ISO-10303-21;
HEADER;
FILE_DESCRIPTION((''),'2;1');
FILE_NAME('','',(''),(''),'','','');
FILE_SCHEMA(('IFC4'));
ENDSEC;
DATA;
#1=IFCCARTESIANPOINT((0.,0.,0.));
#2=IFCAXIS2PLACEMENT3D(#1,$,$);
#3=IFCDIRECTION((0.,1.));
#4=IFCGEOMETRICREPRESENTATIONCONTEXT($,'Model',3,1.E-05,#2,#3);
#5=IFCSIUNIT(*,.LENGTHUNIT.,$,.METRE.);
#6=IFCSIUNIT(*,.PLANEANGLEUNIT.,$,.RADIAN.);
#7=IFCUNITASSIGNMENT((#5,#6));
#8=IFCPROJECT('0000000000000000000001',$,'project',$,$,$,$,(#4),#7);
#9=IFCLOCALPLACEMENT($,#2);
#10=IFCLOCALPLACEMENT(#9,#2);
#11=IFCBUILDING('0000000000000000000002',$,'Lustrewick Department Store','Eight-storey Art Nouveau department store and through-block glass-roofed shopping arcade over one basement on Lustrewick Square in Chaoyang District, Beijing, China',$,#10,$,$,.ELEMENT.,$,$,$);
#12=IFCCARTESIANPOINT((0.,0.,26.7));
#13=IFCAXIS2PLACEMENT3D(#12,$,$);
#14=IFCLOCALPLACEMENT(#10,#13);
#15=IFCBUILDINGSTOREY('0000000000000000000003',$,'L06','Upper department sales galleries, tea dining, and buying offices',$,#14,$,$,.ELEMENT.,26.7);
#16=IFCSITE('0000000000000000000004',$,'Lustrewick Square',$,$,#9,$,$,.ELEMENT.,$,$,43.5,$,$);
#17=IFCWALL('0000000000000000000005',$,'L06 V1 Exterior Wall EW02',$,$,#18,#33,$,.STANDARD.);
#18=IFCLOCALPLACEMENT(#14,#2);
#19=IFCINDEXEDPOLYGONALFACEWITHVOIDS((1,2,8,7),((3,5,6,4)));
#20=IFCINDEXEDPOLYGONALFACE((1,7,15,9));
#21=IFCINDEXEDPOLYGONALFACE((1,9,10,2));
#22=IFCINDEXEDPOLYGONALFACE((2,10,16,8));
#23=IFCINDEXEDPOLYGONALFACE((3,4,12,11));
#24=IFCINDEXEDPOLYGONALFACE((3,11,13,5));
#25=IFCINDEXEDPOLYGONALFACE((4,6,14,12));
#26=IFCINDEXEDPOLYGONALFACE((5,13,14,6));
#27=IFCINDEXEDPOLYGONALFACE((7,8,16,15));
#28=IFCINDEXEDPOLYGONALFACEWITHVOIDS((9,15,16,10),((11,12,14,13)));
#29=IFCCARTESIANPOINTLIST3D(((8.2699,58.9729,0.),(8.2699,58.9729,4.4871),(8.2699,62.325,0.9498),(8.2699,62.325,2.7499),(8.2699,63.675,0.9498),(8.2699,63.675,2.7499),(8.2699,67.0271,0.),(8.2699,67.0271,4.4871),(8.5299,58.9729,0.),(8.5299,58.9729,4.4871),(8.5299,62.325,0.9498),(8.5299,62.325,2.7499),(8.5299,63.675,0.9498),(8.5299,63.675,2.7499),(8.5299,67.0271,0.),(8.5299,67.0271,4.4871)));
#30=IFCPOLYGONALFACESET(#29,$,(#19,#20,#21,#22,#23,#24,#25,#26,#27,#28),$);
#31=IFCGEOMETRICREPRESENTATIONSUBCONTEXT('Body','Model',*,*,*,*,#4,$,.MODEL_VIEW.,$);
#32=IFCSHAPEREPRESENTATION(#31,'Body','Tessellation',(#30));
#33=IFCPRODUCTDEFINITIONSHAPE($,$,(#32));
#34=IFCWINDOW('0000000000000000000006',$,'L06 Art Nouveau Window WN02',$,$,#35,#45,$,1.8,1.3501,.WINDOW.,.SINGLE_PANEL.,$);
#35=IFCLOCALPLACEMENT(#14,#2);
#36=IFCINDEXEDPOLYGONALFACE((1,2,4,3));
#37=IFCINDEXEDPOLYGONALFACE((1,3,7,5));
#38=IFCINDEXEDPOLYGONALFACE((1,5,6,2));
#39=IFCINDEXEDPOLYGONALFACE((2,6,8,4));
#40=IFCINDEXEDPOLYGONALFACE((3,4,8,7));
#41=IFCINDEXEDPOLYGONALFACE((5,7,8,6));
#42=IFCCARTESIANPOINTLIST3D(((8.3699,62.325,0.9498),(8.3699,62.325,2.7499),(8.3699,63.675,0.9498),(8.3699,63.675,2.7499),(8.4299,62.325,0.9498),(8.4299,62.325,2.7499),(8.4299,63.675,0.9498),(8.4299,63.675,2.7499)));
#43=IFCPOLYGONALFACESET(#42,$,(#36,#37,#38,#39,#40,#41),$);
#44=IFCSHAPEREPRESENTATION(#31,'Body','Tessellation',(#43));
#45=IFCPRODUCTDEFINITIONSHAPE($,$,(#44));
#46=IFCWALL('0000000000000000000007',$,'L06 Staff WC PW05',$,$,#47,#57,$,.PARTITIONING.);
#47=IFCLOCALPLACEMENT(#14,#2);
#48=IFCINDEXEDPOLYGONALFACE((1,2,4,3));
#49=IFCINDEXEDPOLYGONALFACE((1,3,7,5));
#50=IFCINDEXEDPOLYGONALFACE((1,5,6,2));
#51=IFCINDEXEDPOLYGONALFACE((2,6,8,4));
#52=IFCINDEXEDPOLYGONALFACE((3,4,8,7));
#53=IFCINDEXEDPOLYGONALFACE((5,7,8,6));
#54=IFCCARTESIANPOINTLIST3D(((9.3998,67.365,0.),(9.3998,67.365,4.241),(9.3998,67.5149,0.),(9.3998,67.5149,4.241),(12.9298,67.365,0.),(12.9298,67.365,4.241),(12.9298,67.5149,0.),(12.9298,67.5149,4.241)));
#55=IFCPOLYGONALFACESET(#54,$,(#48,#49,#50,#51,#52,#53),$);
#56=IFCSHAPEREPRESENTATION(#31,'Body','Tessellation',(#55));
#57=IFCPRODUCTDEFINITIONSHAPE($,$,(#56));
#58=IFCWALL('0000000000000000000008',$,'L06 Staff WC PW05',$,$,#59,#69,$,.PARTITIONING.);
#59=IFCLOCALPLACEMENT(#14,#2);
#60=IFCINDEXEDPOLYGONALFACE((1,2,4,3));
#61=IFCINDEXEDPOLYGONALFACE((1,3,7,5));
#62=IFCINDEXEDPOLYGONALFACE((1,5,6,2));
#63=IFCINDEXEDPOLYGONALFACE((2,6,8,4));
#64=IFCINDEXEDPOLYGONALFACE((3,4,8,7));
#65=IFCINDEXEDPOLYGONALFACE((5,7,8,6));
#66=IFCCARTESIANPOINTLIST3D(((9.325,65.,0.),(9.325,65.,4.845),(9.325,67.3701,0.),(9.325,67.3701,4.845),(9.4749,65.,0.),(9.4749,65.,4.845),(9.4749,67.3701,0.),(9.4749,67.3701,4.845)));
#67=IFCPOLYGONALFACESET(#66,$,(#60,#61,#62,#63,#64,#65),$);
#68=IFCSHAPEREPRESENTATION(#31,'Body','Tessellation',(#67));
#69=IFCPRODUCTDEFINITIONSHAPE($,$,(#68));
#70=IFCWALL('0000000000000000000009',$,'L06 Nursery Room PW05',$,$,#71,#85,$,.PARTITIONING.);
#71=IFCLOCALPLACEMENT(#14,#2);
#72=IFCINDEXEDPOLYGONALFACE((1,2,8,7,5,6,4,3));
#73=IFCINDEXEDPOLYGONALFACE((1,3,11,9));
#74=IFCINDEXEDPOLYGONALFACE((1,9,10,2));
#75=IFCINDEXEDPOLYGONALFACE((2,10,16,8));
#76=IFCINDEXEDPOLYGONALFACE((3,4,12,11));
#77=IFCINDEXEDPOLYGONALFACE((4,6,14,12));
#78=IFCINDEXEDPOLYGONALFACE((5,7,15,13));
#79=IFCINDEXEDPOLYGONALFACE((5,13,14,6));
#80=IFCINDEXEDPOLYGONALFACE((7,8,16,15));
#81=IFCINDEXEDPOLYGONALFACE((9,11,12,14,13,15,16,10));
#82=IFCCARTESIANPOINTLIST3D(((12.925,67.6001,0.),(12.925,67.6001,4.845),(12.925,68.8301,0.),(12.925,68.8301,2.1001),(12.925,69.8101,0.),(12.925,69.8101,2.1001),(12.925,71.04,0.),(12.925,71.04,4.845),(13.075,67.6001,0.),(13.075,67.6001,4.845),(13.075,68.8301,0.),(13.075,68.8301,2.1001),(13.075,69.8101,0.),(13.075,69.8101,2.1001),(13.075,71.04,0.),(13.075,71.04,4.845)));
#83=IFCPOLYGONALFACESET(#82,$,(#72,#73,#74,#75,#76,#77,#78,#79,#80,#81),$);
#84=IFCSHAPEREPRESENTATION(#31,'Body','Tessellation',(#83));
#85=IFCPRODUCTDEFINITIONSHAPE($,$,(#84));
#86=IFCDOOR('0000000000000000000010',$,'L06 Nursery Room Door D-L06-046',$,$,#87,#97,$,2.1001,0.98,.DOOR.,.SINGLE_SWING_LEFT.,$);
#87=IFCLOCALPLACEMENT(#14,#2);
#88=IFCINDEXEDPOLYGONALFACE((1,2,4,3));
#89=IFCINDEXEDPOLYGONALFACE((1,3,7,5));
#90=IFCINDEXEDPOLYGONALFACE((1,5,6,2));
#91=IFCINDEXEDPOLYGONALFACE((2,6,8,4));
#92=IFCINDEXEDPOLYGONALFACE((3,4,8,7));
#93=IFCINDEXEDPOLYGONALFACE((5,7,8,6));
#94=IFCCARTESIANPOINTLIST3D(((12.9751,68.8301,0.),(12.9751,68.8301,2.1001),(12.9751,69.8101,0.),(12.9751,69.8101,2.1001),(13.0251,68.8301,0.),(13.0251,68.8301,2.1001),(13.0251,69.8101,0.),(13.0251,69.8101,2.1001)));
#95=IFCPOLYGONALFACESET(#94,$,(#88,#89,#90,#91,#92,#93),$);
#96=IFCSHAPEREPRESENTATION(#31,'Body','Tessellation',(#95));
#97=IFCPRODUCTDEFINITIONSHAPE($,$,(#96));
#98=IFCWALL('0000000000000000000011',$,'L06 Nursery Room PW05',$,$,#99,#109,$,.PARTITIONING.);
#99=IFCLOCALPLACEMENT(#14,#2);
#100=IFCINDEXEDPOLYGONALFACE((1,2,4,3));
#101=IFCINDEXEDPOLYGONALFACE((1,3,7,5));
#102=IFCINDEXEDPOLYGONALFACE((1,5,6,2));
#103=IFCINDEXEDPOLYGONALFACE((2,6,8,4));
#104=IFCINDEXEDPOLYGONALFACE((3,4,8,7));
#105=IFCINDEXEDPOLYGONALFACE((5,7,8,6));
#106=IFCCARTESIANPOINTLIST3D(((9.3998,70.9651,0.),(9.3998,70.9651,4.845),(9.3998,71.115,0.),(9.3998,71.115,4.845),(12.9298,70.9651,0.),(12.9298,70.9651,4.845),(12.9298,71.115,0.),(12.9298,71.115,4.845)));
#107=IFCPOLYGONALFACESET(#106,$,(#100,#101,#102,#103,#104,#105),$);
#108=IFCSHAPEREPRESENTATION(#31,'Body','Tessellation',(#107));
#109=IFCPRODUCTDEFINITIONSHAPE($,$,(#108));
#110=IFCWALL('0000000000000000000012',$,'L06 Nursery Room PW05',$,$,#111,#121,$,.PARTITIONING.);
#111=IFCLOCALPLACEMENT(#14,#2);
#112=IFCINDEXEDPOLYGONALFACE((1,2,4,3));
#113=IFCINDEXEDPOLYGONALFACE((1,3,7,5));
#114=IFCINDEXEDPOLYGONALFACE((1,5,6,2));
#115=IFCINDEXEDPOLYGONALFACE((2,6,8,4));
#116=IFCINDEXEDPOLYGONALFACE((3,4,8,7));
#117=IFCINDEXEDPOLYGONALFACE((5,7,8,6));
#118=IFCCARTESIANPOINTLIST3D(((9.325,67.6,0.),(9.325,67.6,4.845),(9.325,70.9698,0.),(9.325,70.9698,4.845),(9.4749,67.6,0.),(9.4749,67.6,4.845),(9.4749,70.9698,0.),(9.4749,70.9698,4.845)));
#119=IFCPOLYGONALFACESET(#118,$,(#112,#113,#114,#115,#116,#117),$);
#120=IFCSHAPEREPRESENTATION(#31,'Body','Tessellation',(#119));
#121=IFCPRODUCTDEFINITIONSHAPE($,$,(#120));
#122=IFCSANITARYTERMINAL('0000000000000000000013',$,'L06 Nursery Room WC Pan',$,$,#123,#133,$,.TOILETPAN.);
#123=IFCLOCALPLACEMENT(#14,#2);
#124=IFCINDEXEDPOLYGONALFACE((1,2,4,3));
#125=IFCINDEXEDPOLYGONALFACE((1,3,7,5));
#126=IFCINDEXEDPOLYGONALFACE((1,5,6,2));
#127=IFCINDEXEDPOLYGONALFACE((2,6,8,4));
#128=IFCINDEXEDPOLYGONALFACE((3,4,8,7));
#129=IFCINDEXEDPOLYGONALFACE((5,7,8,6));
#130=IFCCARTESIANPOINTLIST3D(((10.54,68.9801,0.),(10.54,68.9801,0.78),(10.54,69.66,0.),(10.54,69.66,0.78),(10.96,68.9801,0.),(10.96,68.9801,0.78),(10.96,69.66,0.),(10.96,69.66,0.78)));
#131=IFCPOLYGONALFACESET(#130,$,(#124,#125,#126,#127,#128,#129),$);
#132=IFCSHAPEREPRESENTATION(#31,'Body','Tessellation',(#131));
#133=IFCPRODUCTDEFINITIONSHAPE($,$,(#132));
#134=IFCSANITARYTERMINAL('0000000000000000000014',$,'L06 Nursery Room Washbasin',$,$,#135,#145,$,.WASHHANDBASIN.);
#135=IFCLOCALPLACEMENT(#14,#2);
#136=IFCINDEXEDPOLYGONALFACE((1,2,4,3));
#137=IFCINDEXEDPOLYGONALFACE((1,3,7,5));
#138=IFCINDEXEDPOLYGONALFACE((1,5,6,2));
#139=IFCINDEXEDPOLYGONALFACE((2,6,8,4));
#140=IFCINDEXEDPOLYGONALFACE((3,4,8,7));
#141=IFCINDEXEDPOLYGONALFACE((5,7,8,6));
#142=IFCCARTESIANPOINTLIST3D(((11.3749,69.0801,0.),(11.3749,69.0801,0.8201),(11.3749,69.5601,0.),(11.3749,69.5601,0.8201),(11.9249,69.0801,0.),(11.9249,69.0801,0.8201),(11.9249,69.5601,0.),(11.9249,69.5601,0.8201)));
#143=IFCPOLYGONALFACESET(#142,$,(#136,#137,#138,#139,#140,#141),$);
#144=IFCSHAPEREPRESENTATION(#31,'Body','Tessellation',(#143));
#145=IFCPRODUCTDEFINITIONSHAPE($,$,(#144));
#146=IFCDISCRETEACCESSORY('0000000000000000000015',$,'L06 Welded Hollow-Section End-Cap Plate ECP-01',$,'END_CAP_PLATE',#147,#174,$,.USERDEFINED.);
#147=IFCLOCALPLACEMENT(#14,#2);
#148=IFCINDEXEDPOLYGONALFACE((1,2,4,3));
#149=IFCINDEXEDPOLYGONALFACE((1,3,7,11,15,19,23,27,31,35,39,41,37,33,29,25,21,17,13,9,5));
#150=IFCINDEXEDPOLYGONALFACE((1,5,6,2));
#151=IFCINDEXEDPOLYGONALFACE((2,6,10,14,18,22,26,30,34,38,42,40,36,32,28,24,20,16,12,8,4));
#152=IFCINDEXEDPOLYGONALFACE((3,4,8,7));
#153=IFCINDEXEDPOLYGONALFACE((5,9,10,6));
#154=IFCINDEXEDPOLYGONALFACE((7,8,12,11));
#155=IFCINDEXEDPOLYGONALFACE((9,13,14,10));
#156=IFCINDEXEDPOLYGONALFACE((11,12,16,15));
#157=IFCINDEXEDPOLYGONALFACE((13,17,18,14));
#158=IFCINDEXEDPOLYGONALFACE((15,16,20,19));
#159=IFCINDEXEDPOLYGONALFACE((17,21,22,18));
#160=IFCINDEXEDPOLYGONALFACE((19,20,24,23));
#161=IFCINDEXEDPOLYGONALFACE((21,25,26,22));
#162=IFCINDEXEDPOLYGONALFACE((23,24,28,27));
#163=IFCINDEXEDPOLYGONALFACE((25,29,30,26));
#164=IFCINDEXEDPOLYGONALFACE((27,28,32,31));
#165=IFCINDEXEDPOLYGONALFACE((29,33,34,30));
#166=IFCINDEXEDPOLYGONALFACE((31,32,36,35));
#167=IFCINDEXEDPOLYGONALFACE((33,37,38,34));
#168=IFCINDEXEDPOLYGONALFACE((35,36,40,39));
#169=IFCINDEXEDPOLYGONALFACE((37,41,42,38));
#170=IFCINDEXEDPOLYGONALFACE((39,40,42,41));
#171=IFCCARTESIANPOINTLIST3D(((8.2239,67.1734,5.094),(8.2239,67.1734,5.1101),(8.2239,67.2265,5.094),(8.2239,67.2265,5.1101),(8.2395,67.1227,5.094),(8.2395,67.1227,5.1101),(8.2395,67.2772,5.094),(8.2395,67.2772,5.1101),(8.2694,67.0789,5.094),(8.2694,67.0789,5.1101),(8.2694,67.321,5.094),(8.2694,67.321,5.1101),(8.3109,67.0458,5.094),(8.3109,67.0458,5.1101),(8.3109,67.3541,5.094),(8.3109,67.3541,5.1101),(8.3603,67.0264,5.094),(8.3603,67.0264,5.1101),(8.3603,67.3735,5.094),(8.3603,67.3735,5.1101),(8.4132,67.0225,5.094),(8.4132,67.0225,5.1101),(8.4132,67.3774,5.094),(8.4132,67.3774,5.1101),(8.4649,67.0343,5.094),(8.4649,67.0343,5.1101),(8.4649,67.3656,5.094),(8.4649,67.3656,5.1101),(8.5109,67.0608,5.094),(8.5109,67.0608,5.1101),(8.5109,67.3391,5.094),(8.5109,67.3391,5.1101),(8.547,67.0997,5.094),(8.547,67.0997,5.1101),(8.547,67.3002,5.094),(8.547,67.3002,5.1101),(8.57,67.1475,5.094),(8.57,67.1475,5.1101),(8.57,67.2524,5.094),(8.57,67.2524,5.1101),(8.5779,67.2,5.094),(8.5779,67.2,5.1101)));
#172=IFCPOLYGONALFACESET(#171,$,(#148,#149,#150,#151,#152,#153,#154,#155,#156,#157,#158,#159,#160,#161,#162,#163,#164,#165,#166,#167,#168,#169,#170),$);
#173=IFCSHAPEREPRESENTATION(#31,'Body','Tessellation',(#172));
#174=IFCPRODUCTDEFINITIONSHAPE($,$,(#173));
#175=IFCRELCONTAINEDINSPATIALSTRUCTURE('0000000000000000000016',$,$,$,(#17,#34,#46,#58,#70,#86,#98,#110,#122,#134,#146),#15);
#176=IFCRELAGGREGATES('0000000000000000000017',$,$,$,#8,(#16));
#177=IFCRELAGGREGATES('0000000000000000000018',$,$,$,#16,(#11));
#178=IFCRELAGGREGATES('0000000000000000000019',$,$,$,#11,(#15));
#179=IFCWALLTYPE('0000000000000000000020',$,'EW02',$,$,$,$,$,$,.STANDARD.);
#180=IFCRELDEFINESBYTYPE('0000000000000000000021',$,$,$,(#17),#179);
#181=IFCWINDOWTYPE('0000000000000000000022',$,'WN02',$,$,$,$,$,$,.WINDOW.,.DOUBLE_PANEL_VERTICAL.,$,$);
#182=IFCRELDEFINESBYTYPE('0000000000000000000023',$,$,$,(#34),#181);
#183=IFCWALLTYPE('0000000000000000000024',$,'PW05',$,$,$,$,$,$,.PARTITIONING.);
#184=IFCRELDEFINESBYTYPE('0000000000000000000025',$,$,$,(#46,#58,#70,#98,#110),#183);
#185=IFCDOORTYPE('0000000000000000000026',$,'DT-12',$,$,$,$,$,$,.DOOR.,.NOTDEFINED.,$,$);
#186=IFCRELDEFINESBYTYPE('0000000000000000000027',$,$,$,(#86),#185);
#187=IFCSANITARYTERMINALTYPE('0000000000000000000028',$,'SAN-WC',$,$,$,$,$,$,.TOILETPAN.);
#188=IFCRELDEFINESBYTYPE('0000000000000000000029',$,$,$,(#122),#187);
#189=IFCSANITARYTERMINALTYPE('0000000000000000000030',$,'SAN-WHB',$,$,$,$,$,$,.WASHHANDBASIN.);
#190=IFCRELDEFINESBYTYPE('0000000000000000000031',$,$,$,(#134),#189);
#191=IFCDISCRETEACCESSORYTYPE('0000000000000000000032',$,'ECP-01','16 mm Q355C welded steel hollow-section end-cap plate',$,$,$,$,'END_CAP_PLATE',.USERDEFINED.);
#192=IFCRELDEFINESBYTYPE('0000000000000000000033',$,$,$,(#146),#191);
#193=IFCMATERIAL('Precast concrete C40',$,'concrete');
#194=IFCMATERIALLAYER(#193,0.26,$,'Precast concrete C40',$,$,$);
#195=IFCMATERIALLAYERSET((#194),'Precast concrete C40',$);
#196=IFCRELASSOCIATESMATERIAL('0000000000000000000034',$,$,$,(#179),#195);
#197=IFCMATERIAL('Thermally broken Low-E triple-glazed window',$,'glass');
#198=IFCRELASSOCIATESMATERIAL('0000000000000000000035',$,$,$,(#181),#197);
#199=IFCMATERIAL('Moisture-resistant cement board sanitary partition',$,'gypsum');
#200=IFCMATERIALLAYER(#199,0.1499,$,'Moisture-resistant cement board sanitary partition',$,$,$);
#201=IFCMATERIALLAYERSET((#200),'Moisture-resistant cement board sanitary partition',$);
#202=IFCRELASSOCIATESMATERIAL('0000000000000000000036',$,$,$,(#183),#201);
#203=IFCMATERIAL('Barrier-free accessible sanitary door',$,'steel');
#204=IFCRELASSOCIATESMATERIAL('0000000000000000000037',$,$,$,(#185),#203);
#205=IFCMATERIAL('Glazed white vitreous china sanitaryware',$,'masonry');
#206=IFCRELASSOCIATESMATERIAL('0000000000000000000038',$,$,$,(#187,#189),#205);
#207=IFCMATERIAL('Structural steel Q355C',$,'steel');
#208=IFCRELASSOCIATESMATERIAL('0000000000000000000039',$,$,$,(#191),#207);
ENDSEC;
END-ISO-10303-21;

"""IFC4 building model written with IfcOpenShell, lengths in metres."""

from ifc_helpers import new_model, si_unit, direction, frame, frame_2d, origin, origin_2d, place, context, subcontext, project, spatial, rectangle, circle, extrude, material, layer, layer_set, type_object, element, fill, save


model = new_model("IFC4")

# Units and contexts
model_context = context("Model", 3, precision=1e-05, world=origin(), true_north=direction((0.0, 1.0)))
body_context = subcontext(model_context, "Body", "Model", "MODEL_VIEW")
ifc_project = project(units=[si_unit("LENGTHUNIT", "METRE"), si_unit("PLANEANGLEUNIT", "RADIAN")], contexts=[model_context])

# Site, building, storey
site_placement = place(None, origin())
site = spatial("IfcSite", under=ifc_project, at=site_placement, Name="Lustrewick Square", CompositionType="ELEMENT", RefElevation=43.5)
building_placement = place(site_placement, origin())
building = spatial("IfcBuilding", under=site, at=building_placement, Name="Lustrewick Department Store", Description="Eight-storey Art Nouveau department store and through-block glass-roofed shopping arcade over one basement on Lustrewick Square in Chaoyang District, Beijing, China", CompositionType="ELEMENT")
storey_placement = place(building_placement, frame((0.0, 0.0, 26.7)))
storey = spatial("IfcBuildingStorey", under=building, at=storey_placement, Name="L06", Description="Upper department sales galleries, tea dining, and buying offices", CompositionType="ELEMENT", Elevation=26.7)

# Shared definitions
ifc_material_1 = material(Name="Structural steel Q355C", Category="steel")

# Wall, opening, window
ifc_material_2 = material(Name="Precast concrete C40", Category="concrete")
ifc_material_3 = material(Name="Thermally broken Low-E triple-glazed window", Category="glass")
ifc_layer_1 = layer(ifc_material_2, 0.26, Name="Precast concrete C40")
ifc_layer_set_1 = layer_set([ifc_layer_1], Name="Precast concrete C40")
wall_type_1 = type_object("IfcWallType", Name="EW02", PredefinedType="STANDARD", material=ifc_layer_set_1)
wall_1_placement = place(storey_placement, frame((8.3999, 67.0271, 0.0), z_axis=(0.0, 0.0, 1.0), x_axis=(0.0, -1.0, 0.0)))
wall_1 = element("IfcWall", 1, at=wall_1_placement, inside=storey, type_object=wall_type_1, Name="L06 V1 Exterior Wall EW02", PredefinedType="STANDARD", context=body_context, shape_type="SweptSolid", body=[
    extrude(rectangle(XDim=8.0542, YDim=0.26, at=frame_2d((4.0271, 0.0))), origin(), (0.0, 0.0, 1.0), 4.4871),
])
opening_1_placement = place(wall_1_placement, frame((3.3521, 0.0, 0.95)))
opening_1 = element("IfcOpeningElement", 2, at=opening_1_placement, cuts=wall_1, PredefinedType="OPENING", context=body_context, shape_type="SweptSolid", body=[
    extrude(rectangle(XDim=1.3501, YDim=1.8, at=frame_2d((0.675, 0.8999))), frame((0.0, 0.1401, 0.0), z_axis=(0.0, -1.0, 0.0), x_axis=(1.0, 0.0, 0.0)), (0.0, 0.0, 1.0), 0.28),
])
window_type_1 = type_object("IfcWindowType", Name="WN02", PartitioningType="DOUBLE_PANEL_VERTICAL", PredefinedType="WINDOW", material=ifc_material_3)
window_1_placement = place(opening_1_placement, origin())
window_1 = element("IfcWindow", 3, at=window_1_placement, inside=storey, type_object=window_type_1, Name="L06 Art Nouveau Window WN02", OverallHeight=1.8, OverallWidth=1.3501, PartitioningType="SINGLE_PANEL", PredefinedType="WINDOW", context=body_context, shape_type="SweptSolid", body=[
    extrude(rectangle(XDim=1.3501, YDim=1.8, at=frame_2d((0.675, 0.8999))), frame((0.0, 0.03, 0.0), z_axis=(0.0, -1.0, 0.0), x_axis=(1.0, 0.0, 0.0)), (0.0, 0.0, 1.0), 0.0601),
])
fill(opening_1, window_1)

# Walls
ifc_material_4 = material(Name="Moisture-resistant cement board sanitary partition", Category="gypsum")
ifc_layer_2 = layer(ifc_material_4, 0.1499, Name="Moisture-resistant cement board sanitary partition")
ifc_layer_set_2 = layer_set([ifc_layer_2], Name="Moisture-resistant cement board sanitary partition")
wall_type_2 = type_object("IfcWallType", Name="PW05", PredefinedType="PARTITIONING", material=ifc_layer_set_2)
wall_2_placement = place(storey_placement, frame((12.9299, 67.4399, 0.0), z_axis=(0.0, 0.0, 1.0), x_axis=(-1.0, 0.0, 0.0)))
element("IfcWall", 4, at=wall_2_placement, inside=storey, type_object=wall_type_2, Name="L06 Staff WC PW05", PredefinedType="PARTITIONING", context=body_context, shape_type="SweptSolid", body=[
    extrude(rectangle(XDim=3.53, YDim=0.1499, at=frame_2d((1.7651, 0.0))), origin(), (0.0, 0.0, 1.0), 4.241),
])
wall_3_placement = place(storey_placement, frame((9.3999, 67.3701, 0.0), z_axis=(0.0, 0.0, 1.0), x_axis=(0.0, -1.0, 0.0)))
element("IfcWall", 5, at=wall_3_placement, inside=storey, type_object=wall_type_2, Name="L06 Staff WC PW05", PredefinedType="PARTITIONING", context=body_context, shape_type="SweptSolid", body=[
    extrude(rectangle(XDim=2.3701, YDim=0.1499, at=frame_2d((1.1851, 0.0))), origin(), (0.0, 0.0, 1.0), 4.845),
])

# Wall, opening, door
wall_4_placement = place(storey_placement, frame((13.0, 67.6001, 0.0), z_axis=(0.0, 0.0, 1.0), x_axis=(0.0, 1.0, 0.0)))
wall_4 = element("IfcWall", 6, at=wall_4_placement, inside=storey, type_object=wall_type_2, Name="L06 Nursery Room PW05", PredefinedType="PARTITIONING", context=body_context, shape_type="SweptSolid", body=[
    extrude(rectangle(XDim=3.4399, YDim=0.1499, at=frame_2d((1.72, 0.0))), origin(), (0.0, 0.0, 1.0), 4.845),
])
opening_2_placement = place(wall_4_placement, frame((1.23, 0.0, 0.0)))
opening_2 = element("IfcOpeningElement", 7, at=opening_2_placement, cuts=wall_4, PredefinedType="OPENING", context=body_context, shape_type="SweptSolid", body=[
    extrude(rectangle(XDim=0.98, YDim=2.1001, at=frame_2d((0.49, 1.05))), frame((0.0, 0.085, 0.0), z_axis=(0.0, -1.0, 0.0), x_axis=(1.0, 0.0, 0.0)), (0.0, 0.0, 1.0), 0.1699),
])
ifc_material_5 = material(Name="Barrier-free accessible sanitary door", Category="steel")
door_type = type_object("IfcDoorType", Name="DT-12", OperationType="NOTDEFINED", PredefinedType="DOOR", material=ifc_material_5)
door_placement = place(opening_2_placement, origin())
door = element("IfcDoor", 8, at=door_placement, inside=storey, type_object=door_type, Name="L06 Nursery Room Door D-L06-046", OperationType="SINGLE_SWING_LEFT", OverallHeight=2.1001, OverallWidth=0.98, PredefinedType="DOOR", context=body_context, shape_type="SweptSolid", body=[
    extrude(rectangle(XDim=0.98, YDim=2.1001, at=frame_2d((0.49, 1.05))), frame((0.0, 0.0249, 0.0), z_axis=(0.0, -1.0, 0.0), x_axis=(1.0, 0.0, 0.0)), (0.0, 0.0, 1.0), 0.05),
])
fill(opening_2, door)

# Walls
wall_5_placement = place(storey_placement, frame((12.9299, 71.04, 0.0), z_axis=(0.0, 0.0, 1.0), x_axis=(-1.0, 0.0, 0.0)))
element("IfcWall", 9, at=wall_5_placement, inside=storey, type_object=wall_type_2, Name="L06 Nursery Room PW05", PredefinedType="PARTITIONING", context=body_context, shape_type="SweptSolid", body=[
    extrude(rectangle(XDim=3.53, YDim=0.1499, at=frame_2d((1.7651, 0.0))), origin(), (0.0, 0.0, 1.0), 4.845),
])
wall_6_placement = place(storey_placement, frame((9.3999, 70.97, 0.0), z_axis=(0.0, 0.0, 1.0), x_axis=(0.0, -1.0, 0.0)))
element("IfcWall", 10, at=wall_6_placement, inside=storey, type_object=wall_type_2, Name="L06 Nursery Room PW05", PredefinedType="PARTITIONING", context=body_context, shape_type="SweptSolid", body=[
    extrude(rectangle(XDim=3.3699, YDim=0.1499, at=frame_2d((1.6851, 0.0))), origin(), (0.0, 0.0, 1.0), 4.845),
])

# Sanitary terminals
ifc_material_6 = material(Name="Glazed white vitreous china sanitaryware", Category="masonry")
sanitary_terminal_type_1 = type_object("IfcSanitaryTerminalType", Name="SAN-WC", PredefinedType="TOILETPAN", material=ifc_material_6)
sanitary_terminal_1_placement = place(storey_placement, frame((10.75, 69.3201, 0.0), z_axis=(0.0, 0.0, 1.0), x_axis=(1.0, 0.0, 0.0)))
element("IfcSanitaryTerminal", 11, at=sanitary_terminal_1_placement, inside=storey, type_object=sanitary_terminal_type_1, Name="L06 Nursery Room WC Pan", PredefinedType="TOILETPAN", context=body_context, shape_type="SweptSolid", body=[
    extrude(rectangle(XDim=0.4199, YDim=0.6799, at=origin_2d()), origin(), (0.0, 0.0, 1.0), 0.78),
])
sanitary_terminal_type_2 = type_object("IfcSanitaryTerminalType", Name="SAN-WHB", PredefinedType="WASHHANDBASIN", material=ifc_material_6)
sanitary_terminal_2_placement = place(storey_placement, frame((11.6499, 69.3201, 0.0), z_axis=(0.0, 0.0, 1.0), x_axis=(1.0, 0.0, 0.0)))
element("IfcSanitaryTerminal", 12, at=sanitary_terminal_2_placement, inside=storey, type_object=sanitary_terminal_type_2, Name="L06 Nursery Room Washbasin", PredefinedType="WASHHANDBASIN", context=body_context, shape_type="SweptSolid", body=[
    extrude(rectangle(XDim=0.55, YDim=0.48, at=origin_2d()), origin(), (0.0, 0.0, 1.0), 0.8201),
])

# Discrete accessory
discrete_accessory_type = type_object("IfcDiscreteAccessoryType", Name="ECP-01", Description="16 mm Q355C welded steel hollow-section end-cap plate", ElementType="END_CAP_PLATE", PredefinedType="USERDEFINED", material=ifc_material_1)
discrete_accessory_placement = place(storey_placement, frame((8.3999, 67.2, 5.094), z_axis=(0.0, 0.0, 1.0), x_axis=(1.0, 0.0, 0.0)))
element("IfcDiscreteAccessory", 13, at=discrete_accessory_placement, inside=storey, type_object=discrete_accessory_type, Name="L06 Welded Hollow-Section End-Cap Plate ECP-01", ObjectType="END_CAP_PLATE", PredefinedType="USERDEFINED", context=body_context, shape_type="SweptSolid", body=[
    extrude(circle(Radius=0.178, at=origin_2d()), origin(), (0.0, 0.0, 1.0), 0.0161),
])

save(model, "model.ifc")
